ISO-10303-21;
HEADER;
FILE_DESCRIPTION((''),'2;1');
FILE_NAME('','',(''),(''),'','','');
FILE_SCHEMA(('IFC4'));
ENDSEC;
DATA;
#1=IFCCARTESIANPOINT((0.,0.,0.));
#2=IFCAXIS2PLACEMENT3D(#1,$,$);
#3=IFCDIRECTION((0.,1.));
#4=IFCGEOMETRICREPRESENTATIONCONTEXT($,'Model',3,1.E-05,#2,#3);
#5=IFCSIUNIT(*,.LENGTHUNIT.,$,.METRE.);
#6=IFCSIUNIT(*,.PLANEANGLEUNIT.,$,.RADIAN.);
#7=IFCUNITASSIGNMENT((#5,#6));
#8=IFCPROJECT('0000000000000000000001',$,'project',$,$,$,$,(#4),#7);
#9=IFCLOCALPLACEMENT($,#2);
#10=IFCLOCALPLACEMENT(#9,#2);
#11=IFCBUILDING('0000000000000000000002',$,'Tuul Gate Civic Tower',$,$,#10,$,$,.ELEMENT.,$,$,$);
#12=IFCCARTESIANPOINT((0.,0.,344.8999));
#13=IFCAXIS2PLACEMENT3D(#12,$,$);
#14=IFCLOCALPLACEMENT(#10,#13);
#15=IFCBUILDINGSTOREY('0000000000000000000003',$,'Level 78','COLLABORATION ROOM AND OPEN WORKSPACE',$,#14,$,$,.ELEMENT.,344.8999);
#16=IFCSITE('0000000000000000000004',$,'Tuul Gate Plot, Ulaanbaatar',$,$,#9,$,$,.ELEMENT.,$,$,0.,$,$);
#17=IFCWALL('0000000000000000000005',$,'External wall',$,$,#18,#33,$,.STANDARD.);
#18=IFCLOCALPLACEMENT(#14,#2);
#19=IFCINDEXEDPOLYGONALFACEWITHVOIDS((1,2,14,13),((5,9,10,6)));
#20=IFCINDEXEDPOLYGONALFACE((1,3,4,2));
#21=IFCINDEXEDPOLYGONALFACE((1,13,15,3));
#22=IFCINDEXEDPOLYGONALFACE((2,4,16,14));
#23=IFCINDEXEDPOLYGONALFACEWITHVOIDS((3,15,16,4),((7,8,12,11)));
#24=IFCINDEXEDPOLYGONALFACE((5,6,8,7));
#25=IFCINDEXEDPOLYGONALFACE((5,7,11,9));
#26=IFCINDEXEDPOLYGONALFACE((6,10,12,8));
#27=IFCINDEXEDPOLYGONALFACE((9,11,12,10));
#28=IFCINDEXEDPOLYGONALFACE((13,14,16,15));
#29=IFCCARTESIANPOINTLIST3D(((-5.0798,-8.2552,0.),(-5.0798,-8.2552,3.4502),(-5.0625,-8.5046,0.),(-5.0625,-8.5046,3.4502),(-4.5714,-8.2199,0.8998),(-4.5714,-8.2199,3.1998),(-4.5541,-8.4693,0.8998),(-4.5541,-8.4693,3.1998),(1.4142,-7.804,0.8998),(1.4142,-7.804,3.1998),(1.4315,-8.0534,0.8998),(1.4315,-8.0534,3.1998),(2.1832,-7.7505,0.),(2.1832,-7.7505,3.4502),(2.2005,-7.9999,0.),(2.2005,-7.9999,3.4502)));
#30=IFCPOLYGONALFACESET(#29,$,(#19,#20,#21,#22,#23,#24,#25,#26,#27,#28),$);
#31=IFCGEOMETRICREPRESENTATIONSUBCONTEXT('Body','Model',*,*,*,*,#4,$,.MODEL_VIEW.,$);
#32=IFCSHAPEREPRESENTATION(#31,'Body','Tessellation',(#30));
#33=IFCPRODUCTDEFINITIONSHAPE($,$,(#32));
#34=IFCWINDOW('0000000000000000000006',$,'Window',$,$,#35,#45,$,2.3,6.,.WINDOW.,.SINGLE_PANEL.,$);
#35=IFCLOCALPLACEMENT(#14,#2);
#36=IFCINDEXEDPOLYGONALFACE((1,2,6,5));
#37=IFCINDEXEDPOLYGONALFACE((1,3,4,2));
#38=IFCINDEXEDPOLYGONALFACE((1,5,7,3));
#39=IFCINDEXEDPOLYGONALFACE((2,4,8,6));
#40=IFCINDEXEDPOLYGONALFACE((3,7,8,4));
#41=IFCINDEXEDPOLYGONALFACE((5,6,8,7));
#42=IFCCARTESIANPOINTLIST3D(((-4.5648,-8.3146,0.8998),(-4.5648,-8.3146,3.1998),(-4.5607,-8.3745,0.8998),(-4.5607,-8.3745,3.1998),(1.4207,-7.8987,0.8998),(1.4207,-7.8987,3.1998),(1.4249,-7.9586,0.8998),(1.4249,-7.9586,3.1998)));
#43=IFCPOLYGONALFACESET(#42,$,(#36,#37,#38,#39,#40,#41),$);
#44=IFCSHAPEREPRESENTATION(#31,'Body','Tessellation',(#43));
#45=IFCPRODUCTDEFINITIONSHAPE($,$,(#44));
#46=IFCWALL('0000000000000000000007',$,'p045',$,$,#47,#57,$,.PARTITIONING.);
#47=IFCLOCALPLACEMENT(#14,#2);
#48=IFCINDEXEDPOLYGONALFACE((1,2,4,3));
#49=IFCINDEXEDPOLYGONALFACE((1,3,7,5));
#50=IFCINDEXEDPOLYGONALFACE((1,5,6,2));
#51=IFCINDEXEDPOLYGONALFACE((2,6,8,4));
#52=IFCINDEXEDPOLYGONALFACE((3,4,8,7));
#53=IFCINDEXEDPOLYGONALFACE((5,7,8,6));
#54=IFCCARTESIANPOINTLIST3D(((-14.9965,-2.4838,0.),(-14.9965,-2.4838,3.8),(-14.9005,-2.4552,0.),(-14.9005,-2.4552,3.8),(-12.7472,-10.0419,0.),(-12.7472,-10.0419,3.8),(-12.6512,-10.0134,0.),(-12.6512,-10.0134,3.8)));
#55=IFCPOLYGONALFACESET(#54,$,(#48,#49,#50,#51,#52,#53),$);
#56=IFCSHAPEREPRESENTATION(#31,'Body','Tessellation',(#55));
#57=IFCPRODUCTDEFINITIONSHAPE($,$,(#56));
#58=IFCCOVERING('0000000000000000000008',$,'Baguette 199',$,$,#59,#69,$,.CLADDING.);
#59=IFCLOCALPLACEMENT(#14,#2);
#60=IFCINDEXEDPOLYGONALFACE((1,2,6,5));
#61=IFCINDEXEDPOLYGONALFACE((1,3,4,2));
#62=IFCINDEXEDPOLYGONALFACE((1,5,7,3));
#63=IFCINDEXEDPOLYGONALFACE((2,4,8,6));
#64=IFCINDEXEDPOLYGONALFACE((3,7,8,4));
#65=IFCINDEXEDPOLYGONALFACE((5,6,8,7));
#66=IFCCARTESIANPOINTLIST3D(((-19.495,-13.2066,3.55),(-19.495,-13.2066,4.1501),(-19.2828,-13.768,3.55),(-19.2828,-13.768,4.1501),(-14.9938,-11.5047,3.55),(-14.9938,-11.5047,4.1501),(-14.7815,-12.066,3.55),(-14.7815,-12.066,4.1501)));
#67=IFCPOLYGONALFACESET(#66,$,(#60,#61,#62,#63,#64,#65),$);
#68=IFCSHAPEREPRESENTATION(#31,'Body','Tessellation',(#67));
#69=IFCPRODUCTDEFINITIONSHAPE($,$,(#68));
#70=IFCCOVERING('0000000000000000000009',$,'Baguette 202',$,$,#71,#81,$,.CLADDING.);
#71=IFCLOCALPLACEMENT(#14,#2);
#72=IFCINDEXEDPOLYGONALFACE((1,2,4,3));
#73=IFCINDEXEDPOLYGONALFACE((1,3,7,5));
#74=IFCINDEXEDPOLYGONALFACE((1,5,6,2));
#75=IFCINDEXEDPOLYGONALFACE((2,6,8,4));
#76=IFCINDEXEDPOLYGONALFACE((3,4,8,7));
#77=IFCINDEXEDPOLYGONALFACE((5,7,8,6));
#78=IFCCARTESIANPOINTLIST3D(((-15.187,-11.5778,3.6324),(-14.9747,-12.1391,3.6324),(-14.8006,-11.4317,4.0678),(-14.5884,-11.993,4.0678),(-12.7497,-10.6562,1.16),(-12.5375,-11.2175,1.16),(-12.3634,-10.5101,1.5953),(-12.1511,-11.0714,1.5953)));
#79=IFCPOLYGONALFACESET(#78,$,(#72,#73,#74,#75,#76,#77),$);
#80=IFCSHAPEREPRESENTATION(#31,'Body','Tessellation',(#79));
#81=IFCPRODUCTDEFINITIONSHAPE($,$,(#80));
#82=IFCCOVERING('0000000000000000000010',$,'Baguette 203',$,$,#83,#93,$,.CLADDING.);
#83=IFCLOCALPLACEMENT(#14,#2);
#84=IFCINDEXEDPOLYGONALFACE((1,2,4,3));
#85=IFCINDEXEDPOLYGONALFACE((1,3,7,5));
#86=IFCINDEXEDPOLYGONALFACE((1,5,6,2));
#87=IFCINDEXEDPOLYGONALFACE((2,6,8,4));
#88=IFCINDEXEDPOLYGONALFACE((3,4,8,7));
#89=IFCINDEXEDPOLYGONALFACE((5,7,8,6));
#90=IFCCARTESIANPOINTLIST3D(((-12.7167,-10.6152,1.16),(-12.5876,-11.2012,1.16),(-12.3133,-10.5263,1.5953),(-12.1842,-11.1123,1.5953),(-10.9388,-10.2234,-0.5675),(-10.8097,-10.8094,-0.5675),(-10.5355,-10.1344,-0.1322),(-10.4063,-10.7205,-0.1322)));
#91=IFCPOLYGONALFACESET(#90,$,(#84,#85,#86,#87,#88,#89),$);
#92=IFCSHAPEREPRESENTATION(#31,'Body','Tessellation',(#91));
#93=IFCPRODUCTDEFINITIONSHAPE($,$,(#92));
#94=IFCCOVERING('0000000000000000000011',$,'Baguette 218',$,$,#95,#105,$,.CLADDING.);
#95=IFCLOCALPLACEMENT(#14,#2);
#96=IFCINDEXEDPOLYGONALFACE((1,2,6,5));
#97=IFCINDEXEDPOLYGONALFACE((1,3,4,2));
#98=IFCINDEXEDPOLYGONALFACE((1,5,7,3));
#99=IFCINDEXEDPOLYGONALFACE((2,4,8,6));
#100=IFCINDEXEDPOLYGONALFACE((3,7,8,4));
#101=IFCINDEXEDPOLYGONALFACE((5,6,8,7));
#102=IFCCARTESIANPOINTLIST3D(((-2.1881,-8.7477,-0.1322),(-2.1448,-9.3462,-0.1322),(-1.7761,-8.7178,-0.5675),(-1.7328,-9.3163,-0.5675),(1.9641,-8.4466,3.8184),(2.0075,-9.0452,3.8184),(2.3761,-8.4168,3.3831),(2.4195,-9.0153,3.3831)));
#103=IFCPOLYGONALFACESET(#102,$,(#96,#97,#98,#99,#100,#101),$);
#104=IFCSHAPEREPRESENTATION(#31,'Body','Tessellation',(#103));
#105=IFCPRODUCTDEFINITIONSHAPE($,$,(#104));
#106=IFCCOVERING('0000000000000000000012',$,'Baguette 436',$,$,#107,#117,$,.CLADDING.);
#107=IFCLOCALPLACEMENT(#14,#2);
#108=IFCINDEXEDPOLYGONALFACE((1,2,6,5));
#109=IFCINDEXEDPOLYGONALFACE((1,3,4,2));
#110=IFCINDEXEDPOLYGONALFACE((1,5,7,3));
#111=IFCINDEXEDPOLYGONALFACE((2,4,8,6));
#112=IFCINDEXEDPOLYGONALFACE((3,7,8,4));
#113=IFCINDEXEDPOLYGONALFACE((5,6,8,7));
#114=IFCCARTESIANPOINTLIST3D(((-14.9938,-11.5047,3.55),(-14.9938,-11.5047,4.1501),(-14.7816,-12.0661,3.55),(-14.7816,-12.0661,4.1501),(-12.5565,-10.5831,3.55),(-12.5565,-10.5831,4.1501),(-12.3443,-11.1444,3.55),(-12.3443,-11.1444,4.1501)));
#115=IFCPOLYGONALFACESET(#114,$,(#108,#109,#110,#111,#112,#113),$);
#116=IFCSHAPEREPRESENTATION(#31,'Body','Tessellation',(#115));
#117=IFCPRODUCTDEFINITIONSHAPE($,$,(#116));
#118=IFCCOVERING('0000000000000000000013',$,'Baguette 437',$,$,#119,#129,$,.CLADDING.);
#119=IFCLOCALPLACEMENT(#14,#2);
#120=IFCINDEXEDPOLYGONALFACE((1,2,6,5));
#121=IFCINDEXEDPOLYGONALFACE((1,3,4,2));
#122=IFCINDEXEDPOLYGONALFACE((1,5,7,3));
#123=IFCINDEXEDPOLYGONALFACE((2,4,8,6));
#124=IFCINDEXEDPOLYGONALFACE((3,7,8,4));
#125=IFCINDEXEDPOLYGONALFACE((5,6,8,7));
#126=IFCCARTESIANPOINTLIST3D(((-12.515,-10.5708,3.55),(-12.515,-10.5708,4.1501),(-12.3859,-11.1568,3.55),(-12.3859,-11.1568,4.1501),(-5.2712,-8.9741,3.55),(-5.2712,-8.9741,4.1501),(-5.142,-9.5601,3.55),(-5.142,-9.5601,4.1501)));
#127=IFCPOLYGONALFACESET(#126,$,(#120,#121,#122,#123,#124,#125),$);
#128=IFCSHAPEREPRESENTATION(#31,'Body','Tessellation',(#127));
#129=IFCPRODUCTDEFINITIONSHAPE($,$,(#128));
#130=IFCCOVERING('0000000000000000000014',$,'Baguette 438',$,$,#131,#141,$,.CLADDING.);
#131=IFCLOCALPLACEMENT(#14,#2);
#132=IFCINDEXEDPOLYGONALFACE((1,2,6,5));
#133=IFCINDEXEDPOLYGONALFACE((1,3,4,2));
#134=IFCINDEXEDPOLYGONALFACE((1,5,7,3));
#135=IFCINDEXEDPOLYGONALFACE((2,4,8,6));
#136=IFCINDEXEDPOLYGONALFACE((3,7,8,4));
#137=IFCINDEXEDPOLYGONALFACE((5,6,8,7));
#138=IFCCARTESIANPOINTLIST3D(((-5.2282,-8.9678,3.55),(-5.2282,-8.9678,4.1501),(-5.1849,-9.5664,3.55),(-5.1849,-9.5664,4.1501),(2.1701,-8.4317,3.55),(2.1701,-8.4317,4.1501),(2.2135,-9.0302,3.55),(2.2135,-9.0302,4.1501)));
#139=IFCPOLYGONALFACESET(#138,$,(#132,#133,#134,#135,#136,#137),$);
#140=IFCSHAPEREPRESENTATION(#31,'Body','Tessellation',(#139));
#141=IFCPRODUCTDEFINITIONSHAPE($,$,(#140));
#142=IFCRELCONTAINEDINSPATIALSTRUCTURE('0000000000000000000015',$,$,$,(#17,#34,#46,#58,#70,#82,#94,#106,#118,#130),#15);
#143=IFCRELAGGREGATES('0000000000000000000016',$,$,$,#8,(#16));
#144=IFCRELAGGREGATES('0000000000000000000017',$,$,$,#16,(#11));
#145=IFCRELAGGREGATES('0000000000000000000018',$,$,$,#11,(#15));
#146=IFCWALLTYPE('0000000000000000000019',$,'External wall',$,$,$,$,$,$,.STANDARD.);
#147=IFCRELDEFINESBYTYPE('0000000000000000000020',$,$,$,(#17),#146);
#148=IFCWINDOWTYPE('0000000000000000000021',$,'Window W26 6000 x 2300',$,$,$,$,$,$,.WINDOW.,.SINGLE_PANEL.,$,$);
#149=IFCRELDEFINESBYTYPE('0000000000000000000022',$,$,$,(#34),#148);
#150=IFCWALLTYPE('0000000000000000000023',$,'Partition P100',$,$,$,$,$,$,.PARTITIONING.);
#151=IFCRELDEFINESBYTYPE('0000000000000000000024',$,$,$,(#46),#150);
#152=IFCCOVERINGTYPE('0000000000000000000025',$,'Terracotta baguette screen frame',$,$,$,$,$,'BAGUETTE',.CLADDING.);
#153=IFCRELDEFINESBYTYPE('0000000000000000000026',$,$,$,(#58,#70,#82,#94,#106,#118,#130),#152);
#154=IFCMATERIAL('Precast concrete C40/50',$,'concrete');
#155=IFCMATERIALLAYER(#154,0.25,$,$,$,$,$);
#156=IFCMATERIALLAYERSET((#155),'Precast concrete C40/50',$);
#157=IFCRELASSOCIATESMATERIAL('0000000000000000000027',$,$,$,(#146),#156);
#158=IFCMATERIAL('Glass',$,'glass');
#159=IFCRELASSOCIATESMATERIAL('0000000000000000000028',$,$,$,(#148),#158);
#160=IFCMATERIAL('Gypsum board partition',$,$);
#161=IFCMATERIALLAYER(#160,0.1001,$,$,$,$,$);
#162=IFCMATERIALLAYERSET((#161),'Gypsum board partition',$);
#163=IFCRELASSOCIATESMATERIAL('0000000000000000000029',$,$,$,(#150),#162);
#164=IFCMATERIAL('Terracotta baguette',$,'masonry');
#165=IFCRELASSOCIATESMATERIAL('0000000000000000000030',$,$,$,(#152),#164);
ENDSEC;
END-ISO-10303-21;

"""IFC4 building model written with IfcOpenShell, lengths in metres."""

from ifc_helpers import new_model, si_unit, direction, frame, frame_2d, origin, origin_2d, place, context, subcontext, project, spatial, rectangle, extrude, material, layer, layer_set, material_profile, profile_set, type_object, element, fill, save


model = new_model("IFC4")

# Units and contexts
model_context = context("Model", 3, precision=1e-05, world=origin(), true_north=direction((0.0, 1.0)))
body_context = subcontext(model_context, "Body", "Model", "MODEL_VIEW")
ifc_project = project(units=[si_unit("LENGTHUNIT", "METRE"), si_unit("PLANEANGLEUNIT", "RADIAN")], contexts=[model_context])

# Site, building, storey
site_placement = place(None, origin())
site = spatial("IfcSite", under=ifc_project, at=site_placement, Name="Tuul Gate Plot, Ulaanbaatar", CompositionType="ELEMENT", RefElevation=0.0)
building_placement = place(site_placement, origin())
building = spatial("IfcBuilding", under=site, at=building_placement, Name="Tuul Gate Civic Tower", CompositionType="ELEMENT")
storey_placement = place(building_placement, frame((0.0, 0.0, 344.8999)))
storey = spatial("IfcBuildingStorey", under=building, at=storey_placement, Name="Level 78", Description="COLLABORATION ROOM AND OPEN WORKSPACE", CompositionType="ELEMENT", Elevation=344.8999)

# Wall, opening, window
ifc_material_1 = material(Name="Precast concrete C40/50", Category="concrete")
ifc_layer_1 = layer(ifc_material_1, 0.25)
ifc_layer_set_1 = layer_set([ifc_layer_1], Name="Precast concrete C40/50")
wall_type_1 = type_object("IfcWallType", Name="External wall", PredefinedType="STANDARD", material=ifc_layer_set_1)
ifc_material_2 = material(Name="Glass", Category="glass")
window_type = type_object("IfcWindowType", Name="Window W26 6000 x 2300", PartitioningType="SINGLE_PANEL", PredefinedType="WINDOW", material=ifc_material_2)
wall_1_placement = place(storey_placement, frame((-5.071, -8.3799, 0.0), z_axis=(0.0, 0.0, 1.0), x_axis=(0.997595, 0.069314, 0.0)))
wall_1 = element("IfcWall", 1, at=wall_1_placement, inside=storey, type_object=wall_type_1, Name="External wall", PredefinedType="STANDARD", context=body_context, shape_type="SweptSolid", body=[
    extrude(rectangle(XDim=7.2805, YDim=0.25, at=frame_2d((3.6401, 0.0))), origin(), (0.0, 0.0, 1.0), 3.4502),
])
opening_1_placement = place(wall_1_placement, frame((0.5095, 0.0, 0.8999)))
opening_1 = element("IfcOpeningElement", 2, at=opening_1_placement, cuts=wall_1, PredefinedType="OPENING", context=body_context, shape_type="SweptSolid", body=[
    extrude(rectangle(XDim=6.0, YDim=2.3, at=frame_2d((3.0, 1.1499))), frame((0.0, 0.135, 0.0), z_axis=(0.0, -1.0, 0.0), x_axis=(1.0, 0.0, 0.0)), (0.0, 0.0, 1.0), 0.27),
])
window_1_placement = place(opening_1_placement, origin())
window_1 = element("IfcWindow", 3, at=window_1_placement, inside=storey, type_object=window_type, Name="Window", OverallHeight=2.3, OverallWidth=6.0, PartitioningType="SINGLE_PANEL", PredefinedType="WINDOW", context=body_context, shape_type="SweptSolid", body=[
    extrude(rectangle(XDim=6.0, YDim=2.3, at=frame_2d((3.0, 1.1499))), frame((0.0, 0.03, 0.0), z_axis=(0.0, -1.0, 0.0), x_axis=(1.0, 0.0, 0.0)), (0.0, 0.0, 1.0), 0.0601),
])
fill(opening_1, window_1)

# Wall
ifc_material_3 = material(Name="Gypsum board partition")
ifc_layer_2 = layer(ifc_material_3, 0.1001)
ifc_layer_set_2 = layer_set([ifc_layer_2], Name="Gypsum board partition")
wall_type_2 = type_object("IfcWallType", Name="Partition P100", PredefinedType="PARTITIONING", material=ifc_layer_set_2)
wall_2_placement = place(storey_placement, frame((-14.9485, -2.4695, 0.0), z_axis=(0.0, 0.0, 1.0), x_axis=(0.285234, -0.958458, 0.0)))
element("IfcWall", 4, at=wall_2_placement, inside=storey, type_object=wall_type_2, Name="p045", PredefinedType="PARTITIONING", context=body_context, shape_type="SweptSolid", body=[
    extrude(rectangle(XDim=7.8857, YDim=0.1001, at=frame_2d((3.9429, 0.0))), origin(), (0.0, 0.0, 1.0), 3.8),
])

# Coverings
ifc_material_4 = material(Name="Terracotta baguette", Category="masonry")
ifc_material_profile_1 = material_profile(ifc_material_4, rectangle(XDim=0.6001, YDim=0.6001, at=origin_2d()), Name="Terracotta baguette screen frame")
ifc_profile_set_1 = profile_set([ifc_material_profile_1], Name="Terracotta baguette")
covering_type = type_object("IfcCoveringType", Name="Terracotta baguette screen frame", ElementType="BAGUETTE", PredefinedType="CLADDING", material=ifc_profile_set_1)
covering_1_placement = place(storey_placement, frame((-19.3889, -13.4873, 3.8501), z_axis=(0.935373, 0.353663, 0.0), x_axis=(-0.353663, 0.935373, 0.0)))
element("IfcCovering", 5, at=covering_1_placement, inside=storey, type_object=covering_type, Name="Baguette 199", PredefinedType="CLADDING", context=body_context, shape_type="SweptSolid", body=[
    extrude(rectangle(XDim=0.6001, YDim=0.6001, at=origin_2d()), origin(), (0.0, 0.0, 1.0), 4.8123),
])
covering_2_placement = place(storey_placement, frame((-14.8877, -11.7854, 3.8501), z_axis=(0.678524, 0.256579, -0.688311), x_axis=(-0.353699, 0.935359, 0.0)))
element("IfcCovering", 6, at=covering_2_placement, inside=storey, type_object=covering_type, Name="Baguette 202", PredefinedType="CLADDING", context=body_context, shape_type="SweptSolid", body=[
    extrude(rectangle(XDim=0.6001, YDim=0.6001, at=origin_2d()), origin(), (0.0, 0.0, 1.0), 3.592),
])
covering_3_placement = place(storey_placement, frame((-12.4504, -10.8638, 1.3777), z_axis=(0.708383, 0.156132, -0.688343), x_axis=(-0.21524, 0.976561, 0.0)))
element("IfcCovering", 7, at=covering_3_placement, inside=storey, type_object=covering_type, Name="Baguette 203", PredefinedType="CLADDING", context=body_context, shape_type="SweptSolid", body=[
    extrude(rectangle(XDim=0.6001, YDim=0.6001, at=origin_2d()), origin(), (0.0, 0.0, 1.0), 2.5098),
])
covering_4_placement = place(storey_placement, frame((-1.9604, -9.032, -0.3499), z_axis=(0.723483, 0.052449, 0.688347), x_axis=(-0.072306, 0.997383, 0.0)))
element("IfcCovering", 8, at=covering_4_placement, inside=storey, type_object=covering_type, Name="Baguette 218", PredefinedType="CLADDING", context=body_context, shape_type="SweptSolid", body=[
    extrude(rectangle(XDim=0.6001, YDim=0.6001, at=origin_2d()), origin(), (0.0, 0.0, 1.0), 5.7393),
])
covering_5_placement = place(storey_placement, frame((-14.8877, -11.7854, 3.8501), z_axis=(0.935359, 0.353699, 0.0), x_axis=(-0.353699, 0.935359, 0.0)))
element("IfcCovering", 9, at=covering_5_placement, inside=storey, type_object=covering_type, Name="Baguette 436", PredefinedType="CLADDING", context=body_context, shape_type="SweptSolid", body=[
    extrude(rectangle(XDim=0.6001, YDim=0.6001, at=origin_2d()), origin(), (0.0, 0.0, 1.0), 2.6057),
])
for number, where, z_axis, x_axis, name in (
    (10, (-12.4504, -10.8638, 3.8501), (0.976559, 0.21525, 0.0), (-0.21525, 0.976559, 0.0), "Baguette 437"),
    (11, (-5.2065, -9.2671, 3.8501), (0.997385, 0.072276, 0.0), (-0.072276, 0.997385, 0.0), "Baguette 438"),
):
    element("IfcCovering", number, at=place(storey_placement, frame(where, z_axis=z_axis, x_axis=x_axis)), inside=storey, type_object=covering_type, Name=name, PredefinedType="CLADDING", context=body_context, shape_type="SweptSolid", body=[
        extrude(rectangle(XDim=0.6001, YDim=0.6001, at=origin_2d()), origin(), (0.0, 0.0, 1.0), 7.4177),
    ])

save(model, "model.ifc")
